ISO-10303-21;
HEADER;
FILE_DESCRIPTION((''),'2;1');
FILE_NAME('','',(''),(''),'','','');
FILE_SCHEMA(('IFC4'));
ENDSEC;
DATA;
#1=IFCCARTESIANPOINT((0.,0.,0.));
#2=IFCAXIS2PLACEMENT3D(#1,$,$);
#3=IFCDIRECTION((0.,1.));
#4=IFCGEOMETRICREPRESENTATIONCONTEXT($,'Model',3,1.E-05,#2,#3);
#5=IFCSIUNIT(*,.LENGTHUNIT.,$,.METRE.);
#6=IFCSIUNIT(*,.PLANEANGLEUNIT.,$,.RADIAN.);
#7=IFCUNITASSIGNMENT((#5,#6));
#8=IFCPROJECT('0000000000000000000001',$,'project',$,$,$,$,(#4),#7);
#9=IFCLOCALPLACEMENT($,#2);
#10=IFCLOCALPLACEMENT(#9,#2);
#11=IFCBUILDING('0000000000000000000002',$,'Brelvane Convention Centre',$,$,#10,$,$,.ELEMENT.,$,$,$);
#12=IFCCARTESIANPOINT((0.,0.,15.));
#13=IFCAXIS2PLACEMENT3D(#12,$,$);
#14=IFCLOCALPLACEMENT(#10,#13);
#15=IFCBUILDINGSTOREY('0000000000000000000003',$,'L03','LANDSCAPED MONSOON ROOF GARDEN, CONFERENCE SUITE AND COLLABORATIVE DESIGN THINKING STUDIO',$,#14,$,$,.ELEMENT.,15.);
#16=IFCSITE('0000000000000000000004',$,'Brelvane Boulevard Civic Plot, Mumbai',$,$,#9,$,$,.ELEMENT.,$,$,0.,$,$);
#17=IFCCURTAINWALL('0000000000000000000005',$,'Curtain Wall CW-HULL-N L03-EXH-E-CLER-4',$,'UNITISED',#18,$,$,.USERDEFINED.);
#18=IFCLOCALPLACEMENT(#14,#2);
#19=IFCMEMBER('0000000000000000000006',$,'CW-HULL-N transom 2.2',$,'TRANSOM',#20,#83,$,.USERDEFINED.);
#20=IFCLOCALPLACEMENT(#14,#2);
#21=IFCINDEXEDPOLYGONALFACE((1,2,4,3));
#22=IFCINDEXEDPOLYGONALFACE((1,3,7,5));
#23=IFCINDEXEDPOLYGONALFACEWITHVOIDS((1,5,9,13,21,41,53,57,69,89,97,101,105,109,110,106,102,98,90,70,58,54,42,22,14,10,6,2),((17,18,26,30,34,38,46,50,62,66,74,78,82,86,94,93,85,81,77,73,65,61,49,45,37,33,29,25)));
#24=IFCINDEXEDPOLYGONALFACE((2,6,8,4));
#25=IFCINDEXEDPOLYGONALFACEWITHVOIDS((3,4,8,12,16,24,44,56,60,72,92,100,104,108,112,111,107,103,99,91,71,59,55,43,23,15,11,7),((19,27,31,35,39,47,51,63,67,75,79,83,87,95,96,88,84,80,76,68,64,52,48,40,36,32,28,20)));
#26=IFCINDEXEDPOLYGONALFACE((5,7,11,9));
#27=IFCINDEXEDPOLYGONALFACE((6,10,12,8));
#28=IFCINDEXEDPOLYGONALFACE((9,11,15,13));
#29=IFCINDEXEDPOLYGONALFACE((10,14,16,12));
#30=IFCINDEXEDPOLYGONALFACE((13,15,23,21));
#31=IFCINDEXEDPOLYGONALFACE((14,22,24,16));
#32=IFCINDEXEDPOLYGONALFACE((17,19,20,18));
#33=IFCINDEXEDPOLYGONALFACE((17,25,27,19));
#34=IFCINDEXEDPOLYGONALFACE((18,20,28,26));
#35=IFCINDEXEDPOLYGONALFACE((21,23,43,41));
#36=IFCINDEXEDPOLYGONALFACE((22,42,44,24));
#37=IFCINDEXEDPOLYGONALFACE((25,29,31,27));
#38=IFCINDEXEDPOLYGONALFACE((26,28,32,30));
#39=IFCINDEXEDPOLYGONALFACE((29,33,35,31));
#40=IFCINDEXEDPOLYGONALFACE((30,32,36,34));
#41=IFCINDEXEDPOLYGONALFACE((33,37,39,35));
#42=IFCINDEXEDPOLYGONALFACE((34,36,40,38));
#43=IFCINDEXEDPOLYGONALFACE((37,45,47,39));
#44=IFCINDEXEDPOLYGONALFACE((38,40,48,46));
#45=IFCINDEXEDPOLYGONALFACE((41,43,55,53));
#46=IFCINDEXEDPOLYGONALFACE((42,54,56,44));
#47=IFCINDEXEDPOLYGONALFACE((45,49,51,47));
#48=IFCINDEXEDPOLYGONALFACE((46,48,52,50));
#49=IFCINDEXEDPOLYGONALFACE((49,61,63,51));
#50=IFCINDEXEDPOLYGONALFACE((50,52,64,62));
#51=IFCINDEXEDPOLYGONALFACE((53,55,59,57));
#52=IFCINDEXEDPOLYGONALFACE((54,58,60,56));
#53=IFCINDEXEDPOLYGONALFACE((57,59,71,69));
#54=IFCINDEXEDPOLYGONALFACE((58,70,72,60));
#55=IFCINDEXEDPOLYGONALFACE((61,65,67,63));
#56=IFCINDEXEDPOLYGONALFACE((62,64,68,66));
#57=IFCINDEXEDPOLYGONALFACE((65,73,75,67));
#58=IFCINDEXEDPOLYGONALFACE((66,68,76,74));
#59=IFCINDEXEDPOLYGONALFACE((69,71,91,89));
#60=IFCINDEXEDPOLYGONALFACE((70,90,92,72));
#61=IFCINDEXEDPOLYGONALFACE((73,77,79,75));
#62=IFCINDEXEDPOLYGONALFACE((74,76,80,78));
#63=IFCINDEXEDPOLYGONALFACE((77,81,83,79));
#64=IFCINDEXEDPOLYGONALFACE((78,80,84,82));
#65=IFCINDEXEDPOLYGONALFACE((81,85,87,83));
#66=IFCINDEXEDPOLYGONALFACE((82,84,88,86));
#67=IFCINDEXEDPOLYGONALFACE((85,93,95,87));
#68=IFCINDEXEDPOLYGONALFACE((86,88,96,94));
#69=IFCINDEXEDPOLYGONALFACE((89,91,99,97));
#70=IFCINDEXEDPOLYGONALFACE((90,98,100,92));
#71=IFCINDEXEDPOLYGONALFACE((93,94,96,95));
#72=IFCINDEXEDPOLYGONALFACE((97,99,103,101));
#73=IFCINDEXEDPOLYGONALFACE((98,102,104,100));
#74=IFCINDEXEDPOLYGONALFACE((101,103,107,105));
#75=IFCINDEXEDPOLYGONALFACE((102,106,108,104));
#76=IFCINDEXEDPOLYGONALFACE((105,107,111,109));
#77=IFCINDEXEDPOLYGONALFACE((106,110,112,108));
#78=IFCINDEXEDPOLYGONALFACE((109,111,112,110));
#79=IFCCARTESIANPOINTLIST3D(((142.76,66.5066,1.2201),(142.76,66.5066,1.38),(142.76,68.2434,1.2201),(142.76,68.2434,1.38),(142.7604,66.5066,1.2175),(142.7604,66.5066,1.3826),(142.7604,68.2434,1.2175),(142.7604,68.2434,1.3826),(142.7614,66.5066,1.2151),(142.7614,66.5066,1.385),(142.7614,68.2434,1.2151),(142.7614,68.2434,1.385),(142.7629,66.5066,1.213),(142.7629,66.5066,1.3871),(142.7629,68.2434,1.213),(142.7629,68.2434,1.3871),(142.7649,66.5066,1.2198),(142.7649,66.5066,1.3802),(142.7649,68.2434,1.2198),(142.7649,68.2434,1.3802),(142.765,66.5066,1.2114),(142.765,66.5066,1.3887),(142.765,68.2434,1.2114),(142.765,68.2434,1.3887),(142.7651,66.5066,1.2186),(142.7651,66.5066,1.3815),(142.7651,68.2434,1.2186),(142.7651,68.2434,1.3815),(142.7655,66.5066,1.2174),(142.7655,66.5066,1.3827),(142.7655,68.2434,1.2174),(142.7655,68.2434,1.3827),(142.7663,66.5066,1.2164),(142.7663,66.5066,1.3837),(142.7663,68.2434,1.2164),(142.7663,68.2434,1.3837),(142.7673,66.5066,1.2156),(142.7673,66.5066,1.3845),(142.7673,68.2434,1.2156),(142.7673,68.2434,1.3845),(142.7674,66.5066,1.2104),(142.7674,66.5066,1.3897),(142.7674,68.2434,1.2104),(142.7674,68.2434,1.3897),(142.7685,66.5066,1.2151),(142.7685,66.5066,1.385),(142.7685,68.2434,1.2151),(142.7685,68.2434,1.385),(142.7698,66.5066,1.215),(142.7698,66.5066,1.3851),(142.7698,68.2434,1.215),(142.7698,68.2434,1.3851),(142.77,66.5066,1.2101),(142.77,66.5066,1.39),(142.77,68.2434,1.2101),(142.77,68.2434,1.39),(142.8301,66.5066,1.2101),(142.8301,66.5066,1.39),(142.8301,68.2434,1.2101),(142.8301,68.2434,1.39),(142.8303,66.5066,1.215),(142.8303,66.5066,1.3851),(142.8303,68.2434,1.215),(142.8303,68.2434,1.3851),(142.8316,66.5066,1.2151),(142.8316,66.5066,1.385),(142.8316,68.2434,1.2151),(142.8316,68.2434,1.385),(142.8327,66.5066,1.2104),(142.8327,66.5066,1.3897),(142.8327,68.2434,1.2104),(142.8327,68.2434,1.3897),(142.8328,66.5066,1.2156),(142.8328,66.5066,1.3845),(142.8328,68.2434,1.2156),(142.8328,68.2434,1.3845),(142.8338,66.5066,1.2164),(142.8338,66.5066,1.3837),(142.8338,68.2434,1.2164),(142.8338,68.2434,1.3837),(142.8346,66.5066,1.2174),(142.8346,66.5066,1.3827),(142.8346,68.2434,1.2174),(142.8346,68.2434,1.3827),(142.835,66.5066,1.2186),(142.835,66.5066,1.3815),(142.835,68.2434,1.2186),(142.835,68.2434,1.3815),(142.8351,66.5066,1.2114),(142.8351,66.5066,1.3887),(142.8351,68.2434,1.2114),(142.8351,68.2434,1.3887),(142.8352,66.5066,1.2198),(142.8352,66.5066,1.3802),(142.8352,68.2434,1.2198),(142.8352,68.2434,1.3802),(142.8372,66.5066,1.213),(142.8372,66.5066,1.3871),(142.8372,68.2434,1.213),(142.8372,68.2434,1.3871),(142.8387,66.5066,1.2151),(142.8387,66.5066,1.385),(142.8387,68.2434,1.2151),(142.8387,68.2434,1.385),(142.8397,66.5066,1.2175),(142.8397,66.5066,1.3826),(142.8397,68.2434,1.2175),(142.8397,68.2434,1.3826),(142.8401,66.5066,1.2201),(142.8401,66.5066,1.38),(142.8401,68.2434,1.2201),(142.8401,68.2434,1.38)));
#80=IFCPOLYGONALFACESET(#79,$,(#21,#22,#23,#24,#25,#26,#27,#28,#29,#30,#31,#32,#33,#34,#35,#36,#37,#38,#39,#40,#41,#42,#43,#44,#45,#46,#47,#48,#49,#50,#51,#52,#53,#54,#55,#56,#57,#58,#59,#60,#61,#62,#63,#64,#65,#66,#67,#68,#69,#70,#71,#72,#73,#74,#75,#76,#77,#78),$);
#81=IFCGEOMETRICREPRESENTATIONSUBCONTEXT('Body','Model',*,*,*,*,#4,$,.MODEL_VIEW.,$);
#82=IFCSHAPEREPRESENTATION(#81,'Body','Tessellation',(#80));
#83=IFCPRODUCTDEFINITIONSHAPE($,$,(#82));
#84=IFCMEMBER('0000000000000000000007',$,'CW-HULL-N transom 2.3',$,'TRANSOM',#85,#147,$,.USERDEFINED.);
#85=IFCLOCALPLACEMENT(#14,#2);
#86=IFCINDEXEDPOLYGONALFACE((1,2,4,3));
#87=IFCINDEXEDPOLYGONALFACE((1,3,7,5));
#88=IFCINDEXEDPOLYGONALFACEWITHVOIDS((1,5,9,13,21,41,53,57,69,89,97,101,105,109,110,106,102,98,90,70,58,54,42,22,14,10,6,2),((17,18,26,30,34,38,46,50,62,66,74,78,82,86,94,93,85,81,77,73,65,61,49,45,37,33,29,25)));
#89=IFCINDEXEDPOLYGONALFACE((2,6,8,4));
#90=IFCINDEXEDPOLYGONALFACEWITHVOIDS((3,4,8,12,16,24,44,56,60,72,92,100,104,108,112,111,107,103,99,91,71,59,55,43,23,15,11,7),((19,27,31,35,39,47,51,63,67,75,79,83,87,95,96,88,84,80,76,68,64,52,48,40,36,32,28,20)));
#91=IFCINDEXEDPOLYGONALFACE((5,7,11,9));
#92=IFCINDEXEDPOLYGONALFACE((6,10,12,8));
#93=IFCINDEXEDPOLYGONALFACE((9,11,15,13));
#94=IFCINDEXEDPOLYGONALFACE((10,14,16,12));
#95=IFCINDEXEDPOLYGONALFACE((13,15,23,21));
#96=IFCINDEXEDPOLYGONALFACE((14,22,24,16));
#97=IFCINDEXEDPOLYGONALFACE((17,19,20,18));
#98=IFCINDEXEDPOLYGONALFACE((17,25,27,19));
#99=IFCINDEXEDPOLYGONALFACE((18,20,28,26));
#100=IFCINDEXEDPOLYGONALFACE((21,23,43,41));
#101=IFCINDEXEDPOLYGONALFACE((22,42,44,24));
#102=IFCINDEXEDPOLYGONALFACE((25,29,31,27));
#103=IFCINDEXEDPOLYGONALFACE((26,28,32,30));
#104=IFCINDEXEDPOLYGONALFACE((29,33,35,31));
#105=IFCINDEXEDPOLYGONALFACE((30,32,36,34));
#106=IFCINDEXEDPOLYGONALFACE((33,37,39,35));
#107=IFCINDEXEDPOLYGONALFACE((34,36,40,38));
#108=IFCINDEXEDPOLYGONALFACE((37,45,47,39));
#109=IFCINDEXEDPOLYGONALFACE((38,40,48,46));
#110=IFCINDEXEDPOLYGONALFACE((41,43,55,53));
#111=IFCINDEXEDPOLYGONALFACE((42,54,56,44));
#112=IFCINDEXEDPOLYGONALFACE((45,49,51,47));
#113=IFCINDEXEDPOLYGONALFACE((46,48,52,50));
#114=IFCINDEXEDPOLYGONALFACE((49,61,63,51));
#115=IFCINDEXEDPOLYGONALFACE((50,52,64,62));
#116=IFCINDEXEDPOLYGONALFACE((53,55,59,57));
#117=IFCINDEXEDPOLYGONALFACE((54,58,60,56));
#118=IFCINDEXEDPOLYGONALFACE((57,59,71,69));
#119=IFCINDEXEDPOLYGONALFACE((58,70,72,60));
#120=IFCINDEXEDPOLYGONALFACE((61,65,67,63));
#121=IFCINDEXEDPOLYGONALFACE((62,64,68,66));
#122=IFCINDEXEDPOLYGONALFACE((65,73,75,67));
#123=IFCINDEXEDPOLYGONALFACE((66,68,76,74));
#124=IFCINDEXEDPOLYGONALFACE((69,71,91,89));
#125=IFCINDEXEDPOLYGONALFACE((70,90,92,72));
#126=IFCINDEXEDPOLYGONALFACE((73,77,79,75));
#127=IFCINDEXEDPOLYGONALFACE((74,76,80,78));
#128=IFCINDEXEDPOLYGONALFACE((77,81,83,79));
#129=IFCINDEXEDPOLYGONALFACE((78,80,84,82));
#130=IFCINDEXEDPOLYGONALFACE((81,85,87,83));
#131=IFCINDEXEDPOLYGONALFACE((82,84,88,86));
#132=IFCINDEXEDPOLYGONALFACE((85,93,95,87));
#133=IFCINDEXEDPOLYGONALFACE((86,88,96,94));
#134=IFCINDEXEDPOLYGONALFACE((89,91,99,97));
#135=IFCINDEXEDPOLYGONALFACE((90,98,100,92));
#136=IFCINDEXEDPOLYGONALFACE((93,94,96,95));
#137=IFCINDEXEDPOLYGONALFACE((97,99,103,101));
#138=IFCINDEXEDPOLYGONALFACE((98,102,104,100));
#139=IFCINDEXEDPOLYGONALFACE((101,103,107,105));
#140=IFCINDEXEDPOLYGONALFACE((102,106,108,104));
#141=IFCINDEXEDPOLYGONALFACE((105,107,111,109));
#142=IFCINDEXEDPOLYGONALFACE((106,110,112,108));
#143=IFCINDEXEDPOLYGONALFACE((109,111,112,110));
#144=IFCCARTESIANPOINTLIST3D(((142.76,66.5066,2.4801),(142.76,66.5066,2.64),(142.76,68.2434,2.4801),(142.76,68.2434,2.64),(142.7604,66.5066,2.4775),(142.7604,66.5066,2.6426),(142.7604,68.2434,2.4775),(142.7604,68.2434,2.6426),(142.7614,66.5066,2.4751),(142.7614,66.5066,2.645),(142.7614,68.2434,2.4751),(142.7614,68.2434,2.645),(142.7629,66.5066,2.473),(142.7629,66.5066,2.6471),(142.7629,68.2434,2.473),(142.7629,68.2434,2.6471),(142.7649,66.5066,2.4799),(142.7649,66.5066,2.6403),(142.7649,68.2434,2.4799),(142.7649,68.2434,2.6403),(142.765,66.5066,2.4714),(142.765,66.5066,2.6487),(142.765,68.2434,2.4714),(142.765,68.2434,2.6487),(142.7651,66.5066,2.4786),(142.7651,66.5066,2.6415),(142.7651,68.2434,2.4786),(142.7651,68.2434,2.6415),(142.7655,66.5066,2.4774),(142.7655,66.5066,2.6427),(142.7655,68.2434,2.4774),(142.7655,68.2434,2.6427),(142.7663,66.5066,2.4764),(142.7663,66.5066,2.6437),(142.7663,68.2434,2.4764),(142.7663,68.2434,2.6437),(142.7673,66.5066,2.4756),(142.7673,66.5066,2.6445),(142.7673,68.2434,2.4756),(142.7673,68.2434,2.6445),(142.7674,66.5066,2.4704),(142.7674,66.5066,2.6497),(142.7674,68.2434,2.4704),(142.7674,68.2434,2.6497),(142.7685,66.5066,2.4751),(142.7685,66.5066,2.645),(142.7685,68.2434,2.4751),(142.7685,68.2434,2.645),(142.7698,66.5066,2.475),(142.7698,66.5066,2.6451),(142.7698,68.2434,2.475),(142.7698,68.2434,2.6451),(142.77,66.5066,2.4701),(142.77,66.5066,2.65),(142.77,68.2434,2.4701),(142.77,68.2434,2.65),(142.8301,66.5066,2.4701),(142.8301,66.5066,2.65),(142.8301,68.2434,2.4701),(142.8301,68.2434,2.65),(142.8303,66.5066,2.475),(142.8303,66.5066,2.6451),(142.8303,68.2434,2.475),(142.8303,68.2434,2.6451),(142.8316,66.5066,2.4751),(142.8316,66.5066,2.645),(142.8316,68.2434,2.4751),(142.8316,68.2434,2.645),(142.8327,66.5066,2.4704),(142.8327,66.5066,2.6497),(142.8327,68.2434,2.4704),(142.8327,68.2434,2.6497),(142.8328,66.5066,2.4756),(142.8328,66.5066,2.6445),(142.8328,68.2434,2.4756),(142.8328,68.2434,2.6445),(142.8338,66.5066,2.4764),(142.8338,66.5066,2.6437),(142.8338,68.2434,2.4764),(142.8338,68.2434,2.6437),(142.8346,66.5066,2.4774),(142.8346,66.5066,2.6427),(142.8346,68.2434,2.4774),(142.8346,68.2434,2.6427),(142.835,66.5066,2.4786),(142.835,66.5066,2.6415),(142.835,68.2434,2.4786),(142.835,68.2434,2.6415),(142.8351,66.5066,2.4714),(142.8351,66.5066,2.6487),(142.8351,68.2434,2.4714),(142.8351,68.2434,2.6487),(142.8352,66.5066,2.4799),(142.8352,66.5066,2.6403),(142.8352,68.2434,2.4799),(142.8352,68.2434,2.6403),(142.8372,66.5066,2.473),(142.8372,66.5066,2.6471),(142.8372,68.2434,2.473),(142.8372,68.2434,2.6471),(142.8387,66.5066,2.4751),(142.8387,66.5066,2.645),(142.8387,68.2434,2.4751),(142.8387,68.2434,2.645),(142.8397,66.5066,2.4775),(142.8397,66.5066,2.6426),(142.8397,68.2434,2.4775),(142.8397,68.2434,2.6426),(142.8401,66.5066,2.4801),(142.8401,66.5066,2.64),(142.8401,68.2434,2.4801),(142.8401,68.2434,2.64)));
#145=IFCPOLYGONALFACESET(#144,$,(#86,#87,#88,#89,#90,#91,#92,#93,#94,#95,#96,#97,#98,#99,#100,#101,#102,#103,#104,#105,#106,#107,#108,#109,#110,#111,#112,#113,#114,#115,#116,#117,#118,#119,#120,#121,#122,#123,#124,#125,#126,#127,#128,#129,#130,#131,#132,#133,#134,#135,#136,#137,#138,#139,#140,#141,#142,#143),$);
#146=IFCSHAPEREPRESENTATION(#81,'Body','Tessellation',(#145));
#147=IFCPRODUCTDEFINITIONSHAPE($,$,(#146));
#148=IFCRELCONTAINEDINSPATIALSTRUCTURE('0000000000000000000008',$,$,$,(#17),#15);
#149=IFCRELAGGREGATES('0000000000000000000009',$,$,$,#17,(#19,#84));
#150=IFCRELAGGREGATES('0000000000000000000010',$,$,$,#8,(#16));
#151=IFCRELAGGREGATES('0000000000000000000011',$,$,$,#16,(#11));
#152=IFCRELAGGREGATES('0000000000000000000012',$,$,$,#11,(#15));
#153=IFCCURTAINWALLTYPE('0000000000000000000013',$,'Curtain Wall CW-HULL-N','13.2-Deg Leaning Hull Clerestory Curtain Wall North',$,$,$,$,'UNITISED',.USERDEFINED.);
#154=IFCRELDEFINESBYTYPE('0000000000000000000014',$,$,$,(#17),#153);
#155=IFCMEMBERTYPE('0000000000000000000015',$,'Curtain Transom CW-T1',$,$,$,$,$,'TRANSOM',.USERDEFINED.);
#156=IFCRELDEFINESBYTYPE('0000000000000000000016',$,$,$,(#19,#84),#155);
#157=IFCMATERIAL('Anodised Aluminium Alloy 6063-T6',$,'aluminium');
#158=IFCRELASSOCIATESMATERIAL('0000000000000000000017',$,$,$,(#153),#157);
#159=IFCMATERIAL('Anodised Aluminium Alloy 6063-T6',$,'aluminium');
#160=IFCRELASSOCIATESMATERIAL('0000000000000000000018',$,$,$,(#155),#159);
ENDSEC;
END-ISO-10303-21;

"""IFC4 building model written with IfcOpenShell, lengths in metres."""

from ifc_helpers import new_model, si_unit, direction, frame, origin, origin_2d, place, context, subcontext, project, spatial, hollow_rectangle, extrude, material, material_profile, profile_set, type_object, element, aggregate, save


model = new_model("IFC4")

# Units and contexts
model_context = context("Model", 3, precision=1e-05, world=origin(), true_north=direction((0.0, 1.0)))
body_context = subcontext(model_context, "Body", "Model", "MODEL_VIEW")
ifc_project = project(units=[si_unit("LENGTHUNIT", "METRE"), si_unit("PLANEANGLEUNIT", "RADIAN")], contexts=[model_context])

# Site, building, storey
site_placement = place(None, origin())
site = spatial("IfcSite", under=ifc_project, at=site_placement, Name="Brelvane Boulevard Civic Plot, Mumbai", CompositionType="ELEMENT", RefElevation=0.0)
building_placement = place(site_placement, origin())
building = spatial("IfcBuilding", under=site, at=building_placement, Name="Brelvane Convention Centre", CompositionType="ELEMENT")
storey_placement = place(building_placement, frame((0.0, 0.0, 15.0)))
storey = spatial("IfcBuildingStorey", under=building, at=storey_placement, Name="L03", Description="LANDSCAPED MONSOON ROOF GARDEN, CONFERENCE SUITE AND COLLABORATIVE DESIGN THINKING STUDIO", CompositionType="ELEMENT", Elevation=15.0)

# Curtain wall, members
ifc_material_1 = material(Name="Anodised Aluminium Alloy 6063-T6", Category="aluminium")
curtain_wall_type = type_object("IfcCurtainWallType", Name="Curtain Wall CW-HULL-N", Description="13.2-Deg Leaning Hull Clerestory Curtain Wall North", ElementType="UNITISED", PredefinedType="USERDEFINED", material=ifc_material_1)
curtain_wall_placement = place(storey_placement, origin())
curtain_wall = element("IfcCurtainWall", 1, at=curtain_wall_placement, inside=storey, type_object=curtain_wall_type, Name="Curtain Wall CW-HULL-N L03-EXH-E-CLER-4", ObjectType="UNITISED", PredefinedType="USERDEFINED")
ifc_material_2 = material(Name="Anodised Aluminium Alloy 6063-T6", Category="aluminium")
ifc_material_profile_1 = material_profile(ifc_material_2, hollow_rectangle(XDim=0.0801, YDim=0.1799, WallThickness=0.0049, InnerFilletRadius=0.0049, OuterFilletRadius=0.01, at=origin_2d()), Name="ALU-T 180x80x5.0")
ifc_profile_set_1 = profile_set([ifc_material_profile_1], Name="Anodised Aluminium Alloy 6063-T6")
member_type_1 = type_object("IfcMemberType", Name="Curtain Transom CW-T1", ElementType="TRANSOM", PredefinedType="USERDEFINED", material=ifc_profile_set_1)
member_1_placement = place(storey_placement, frame((142.8, 66.5066, 1.3), z_axis=(0.0, 1.0, 0.0), x_axis=(-1.0, 0.0, 0.0)))
member_1 = element("IfcMember", 2, at=member_1_placement, type_object=member_type_1, Name="CW-HULL-N transom 2.2", ObjectType="TRANSOM", PredefinedType="USERDEFINED", context=body_context, shape_type="SweptSolid", body=[
    extrude(hollow_rectangle(XDim=0.0801, YDim=0.1799, WallThickness=0.0049, InnerFilletRadius=0.0049, OuterFilletRadius=0.01, at=origin_2d()), origin(), (0.0, 0.0, 1.0), 1.7368),
])
member_2_placement = place(storey_placement, frame((142.8, 66.5066, 2.5601), z_axis=(0.0, 1.0, 0.0), x_axis=(-1.0, 0.0, 0.0)))
member_2 = element("IfcMember", 3, at=member_2_placement, type_object=member_type_1, Name="CW-HULL-N transom 2.3", ObjectType="TRANSOM", PredefinedType="USERDEFINED", context=body_context, shape_type="SweptSolid", body=[
    extrude(hollow_rectangle(XDim=0.0801, YDim=0.1799, WallThickness=0.0049, InnerFilletRadius=0.0049, OuterFilletRadius=0.01, at=origin_2d()), origin(), (0.0, 0.0, 1.0), 1.7368),
])

aggregate(curtain_wall, [member_1, member_2])

save(model, "model.ifc")
